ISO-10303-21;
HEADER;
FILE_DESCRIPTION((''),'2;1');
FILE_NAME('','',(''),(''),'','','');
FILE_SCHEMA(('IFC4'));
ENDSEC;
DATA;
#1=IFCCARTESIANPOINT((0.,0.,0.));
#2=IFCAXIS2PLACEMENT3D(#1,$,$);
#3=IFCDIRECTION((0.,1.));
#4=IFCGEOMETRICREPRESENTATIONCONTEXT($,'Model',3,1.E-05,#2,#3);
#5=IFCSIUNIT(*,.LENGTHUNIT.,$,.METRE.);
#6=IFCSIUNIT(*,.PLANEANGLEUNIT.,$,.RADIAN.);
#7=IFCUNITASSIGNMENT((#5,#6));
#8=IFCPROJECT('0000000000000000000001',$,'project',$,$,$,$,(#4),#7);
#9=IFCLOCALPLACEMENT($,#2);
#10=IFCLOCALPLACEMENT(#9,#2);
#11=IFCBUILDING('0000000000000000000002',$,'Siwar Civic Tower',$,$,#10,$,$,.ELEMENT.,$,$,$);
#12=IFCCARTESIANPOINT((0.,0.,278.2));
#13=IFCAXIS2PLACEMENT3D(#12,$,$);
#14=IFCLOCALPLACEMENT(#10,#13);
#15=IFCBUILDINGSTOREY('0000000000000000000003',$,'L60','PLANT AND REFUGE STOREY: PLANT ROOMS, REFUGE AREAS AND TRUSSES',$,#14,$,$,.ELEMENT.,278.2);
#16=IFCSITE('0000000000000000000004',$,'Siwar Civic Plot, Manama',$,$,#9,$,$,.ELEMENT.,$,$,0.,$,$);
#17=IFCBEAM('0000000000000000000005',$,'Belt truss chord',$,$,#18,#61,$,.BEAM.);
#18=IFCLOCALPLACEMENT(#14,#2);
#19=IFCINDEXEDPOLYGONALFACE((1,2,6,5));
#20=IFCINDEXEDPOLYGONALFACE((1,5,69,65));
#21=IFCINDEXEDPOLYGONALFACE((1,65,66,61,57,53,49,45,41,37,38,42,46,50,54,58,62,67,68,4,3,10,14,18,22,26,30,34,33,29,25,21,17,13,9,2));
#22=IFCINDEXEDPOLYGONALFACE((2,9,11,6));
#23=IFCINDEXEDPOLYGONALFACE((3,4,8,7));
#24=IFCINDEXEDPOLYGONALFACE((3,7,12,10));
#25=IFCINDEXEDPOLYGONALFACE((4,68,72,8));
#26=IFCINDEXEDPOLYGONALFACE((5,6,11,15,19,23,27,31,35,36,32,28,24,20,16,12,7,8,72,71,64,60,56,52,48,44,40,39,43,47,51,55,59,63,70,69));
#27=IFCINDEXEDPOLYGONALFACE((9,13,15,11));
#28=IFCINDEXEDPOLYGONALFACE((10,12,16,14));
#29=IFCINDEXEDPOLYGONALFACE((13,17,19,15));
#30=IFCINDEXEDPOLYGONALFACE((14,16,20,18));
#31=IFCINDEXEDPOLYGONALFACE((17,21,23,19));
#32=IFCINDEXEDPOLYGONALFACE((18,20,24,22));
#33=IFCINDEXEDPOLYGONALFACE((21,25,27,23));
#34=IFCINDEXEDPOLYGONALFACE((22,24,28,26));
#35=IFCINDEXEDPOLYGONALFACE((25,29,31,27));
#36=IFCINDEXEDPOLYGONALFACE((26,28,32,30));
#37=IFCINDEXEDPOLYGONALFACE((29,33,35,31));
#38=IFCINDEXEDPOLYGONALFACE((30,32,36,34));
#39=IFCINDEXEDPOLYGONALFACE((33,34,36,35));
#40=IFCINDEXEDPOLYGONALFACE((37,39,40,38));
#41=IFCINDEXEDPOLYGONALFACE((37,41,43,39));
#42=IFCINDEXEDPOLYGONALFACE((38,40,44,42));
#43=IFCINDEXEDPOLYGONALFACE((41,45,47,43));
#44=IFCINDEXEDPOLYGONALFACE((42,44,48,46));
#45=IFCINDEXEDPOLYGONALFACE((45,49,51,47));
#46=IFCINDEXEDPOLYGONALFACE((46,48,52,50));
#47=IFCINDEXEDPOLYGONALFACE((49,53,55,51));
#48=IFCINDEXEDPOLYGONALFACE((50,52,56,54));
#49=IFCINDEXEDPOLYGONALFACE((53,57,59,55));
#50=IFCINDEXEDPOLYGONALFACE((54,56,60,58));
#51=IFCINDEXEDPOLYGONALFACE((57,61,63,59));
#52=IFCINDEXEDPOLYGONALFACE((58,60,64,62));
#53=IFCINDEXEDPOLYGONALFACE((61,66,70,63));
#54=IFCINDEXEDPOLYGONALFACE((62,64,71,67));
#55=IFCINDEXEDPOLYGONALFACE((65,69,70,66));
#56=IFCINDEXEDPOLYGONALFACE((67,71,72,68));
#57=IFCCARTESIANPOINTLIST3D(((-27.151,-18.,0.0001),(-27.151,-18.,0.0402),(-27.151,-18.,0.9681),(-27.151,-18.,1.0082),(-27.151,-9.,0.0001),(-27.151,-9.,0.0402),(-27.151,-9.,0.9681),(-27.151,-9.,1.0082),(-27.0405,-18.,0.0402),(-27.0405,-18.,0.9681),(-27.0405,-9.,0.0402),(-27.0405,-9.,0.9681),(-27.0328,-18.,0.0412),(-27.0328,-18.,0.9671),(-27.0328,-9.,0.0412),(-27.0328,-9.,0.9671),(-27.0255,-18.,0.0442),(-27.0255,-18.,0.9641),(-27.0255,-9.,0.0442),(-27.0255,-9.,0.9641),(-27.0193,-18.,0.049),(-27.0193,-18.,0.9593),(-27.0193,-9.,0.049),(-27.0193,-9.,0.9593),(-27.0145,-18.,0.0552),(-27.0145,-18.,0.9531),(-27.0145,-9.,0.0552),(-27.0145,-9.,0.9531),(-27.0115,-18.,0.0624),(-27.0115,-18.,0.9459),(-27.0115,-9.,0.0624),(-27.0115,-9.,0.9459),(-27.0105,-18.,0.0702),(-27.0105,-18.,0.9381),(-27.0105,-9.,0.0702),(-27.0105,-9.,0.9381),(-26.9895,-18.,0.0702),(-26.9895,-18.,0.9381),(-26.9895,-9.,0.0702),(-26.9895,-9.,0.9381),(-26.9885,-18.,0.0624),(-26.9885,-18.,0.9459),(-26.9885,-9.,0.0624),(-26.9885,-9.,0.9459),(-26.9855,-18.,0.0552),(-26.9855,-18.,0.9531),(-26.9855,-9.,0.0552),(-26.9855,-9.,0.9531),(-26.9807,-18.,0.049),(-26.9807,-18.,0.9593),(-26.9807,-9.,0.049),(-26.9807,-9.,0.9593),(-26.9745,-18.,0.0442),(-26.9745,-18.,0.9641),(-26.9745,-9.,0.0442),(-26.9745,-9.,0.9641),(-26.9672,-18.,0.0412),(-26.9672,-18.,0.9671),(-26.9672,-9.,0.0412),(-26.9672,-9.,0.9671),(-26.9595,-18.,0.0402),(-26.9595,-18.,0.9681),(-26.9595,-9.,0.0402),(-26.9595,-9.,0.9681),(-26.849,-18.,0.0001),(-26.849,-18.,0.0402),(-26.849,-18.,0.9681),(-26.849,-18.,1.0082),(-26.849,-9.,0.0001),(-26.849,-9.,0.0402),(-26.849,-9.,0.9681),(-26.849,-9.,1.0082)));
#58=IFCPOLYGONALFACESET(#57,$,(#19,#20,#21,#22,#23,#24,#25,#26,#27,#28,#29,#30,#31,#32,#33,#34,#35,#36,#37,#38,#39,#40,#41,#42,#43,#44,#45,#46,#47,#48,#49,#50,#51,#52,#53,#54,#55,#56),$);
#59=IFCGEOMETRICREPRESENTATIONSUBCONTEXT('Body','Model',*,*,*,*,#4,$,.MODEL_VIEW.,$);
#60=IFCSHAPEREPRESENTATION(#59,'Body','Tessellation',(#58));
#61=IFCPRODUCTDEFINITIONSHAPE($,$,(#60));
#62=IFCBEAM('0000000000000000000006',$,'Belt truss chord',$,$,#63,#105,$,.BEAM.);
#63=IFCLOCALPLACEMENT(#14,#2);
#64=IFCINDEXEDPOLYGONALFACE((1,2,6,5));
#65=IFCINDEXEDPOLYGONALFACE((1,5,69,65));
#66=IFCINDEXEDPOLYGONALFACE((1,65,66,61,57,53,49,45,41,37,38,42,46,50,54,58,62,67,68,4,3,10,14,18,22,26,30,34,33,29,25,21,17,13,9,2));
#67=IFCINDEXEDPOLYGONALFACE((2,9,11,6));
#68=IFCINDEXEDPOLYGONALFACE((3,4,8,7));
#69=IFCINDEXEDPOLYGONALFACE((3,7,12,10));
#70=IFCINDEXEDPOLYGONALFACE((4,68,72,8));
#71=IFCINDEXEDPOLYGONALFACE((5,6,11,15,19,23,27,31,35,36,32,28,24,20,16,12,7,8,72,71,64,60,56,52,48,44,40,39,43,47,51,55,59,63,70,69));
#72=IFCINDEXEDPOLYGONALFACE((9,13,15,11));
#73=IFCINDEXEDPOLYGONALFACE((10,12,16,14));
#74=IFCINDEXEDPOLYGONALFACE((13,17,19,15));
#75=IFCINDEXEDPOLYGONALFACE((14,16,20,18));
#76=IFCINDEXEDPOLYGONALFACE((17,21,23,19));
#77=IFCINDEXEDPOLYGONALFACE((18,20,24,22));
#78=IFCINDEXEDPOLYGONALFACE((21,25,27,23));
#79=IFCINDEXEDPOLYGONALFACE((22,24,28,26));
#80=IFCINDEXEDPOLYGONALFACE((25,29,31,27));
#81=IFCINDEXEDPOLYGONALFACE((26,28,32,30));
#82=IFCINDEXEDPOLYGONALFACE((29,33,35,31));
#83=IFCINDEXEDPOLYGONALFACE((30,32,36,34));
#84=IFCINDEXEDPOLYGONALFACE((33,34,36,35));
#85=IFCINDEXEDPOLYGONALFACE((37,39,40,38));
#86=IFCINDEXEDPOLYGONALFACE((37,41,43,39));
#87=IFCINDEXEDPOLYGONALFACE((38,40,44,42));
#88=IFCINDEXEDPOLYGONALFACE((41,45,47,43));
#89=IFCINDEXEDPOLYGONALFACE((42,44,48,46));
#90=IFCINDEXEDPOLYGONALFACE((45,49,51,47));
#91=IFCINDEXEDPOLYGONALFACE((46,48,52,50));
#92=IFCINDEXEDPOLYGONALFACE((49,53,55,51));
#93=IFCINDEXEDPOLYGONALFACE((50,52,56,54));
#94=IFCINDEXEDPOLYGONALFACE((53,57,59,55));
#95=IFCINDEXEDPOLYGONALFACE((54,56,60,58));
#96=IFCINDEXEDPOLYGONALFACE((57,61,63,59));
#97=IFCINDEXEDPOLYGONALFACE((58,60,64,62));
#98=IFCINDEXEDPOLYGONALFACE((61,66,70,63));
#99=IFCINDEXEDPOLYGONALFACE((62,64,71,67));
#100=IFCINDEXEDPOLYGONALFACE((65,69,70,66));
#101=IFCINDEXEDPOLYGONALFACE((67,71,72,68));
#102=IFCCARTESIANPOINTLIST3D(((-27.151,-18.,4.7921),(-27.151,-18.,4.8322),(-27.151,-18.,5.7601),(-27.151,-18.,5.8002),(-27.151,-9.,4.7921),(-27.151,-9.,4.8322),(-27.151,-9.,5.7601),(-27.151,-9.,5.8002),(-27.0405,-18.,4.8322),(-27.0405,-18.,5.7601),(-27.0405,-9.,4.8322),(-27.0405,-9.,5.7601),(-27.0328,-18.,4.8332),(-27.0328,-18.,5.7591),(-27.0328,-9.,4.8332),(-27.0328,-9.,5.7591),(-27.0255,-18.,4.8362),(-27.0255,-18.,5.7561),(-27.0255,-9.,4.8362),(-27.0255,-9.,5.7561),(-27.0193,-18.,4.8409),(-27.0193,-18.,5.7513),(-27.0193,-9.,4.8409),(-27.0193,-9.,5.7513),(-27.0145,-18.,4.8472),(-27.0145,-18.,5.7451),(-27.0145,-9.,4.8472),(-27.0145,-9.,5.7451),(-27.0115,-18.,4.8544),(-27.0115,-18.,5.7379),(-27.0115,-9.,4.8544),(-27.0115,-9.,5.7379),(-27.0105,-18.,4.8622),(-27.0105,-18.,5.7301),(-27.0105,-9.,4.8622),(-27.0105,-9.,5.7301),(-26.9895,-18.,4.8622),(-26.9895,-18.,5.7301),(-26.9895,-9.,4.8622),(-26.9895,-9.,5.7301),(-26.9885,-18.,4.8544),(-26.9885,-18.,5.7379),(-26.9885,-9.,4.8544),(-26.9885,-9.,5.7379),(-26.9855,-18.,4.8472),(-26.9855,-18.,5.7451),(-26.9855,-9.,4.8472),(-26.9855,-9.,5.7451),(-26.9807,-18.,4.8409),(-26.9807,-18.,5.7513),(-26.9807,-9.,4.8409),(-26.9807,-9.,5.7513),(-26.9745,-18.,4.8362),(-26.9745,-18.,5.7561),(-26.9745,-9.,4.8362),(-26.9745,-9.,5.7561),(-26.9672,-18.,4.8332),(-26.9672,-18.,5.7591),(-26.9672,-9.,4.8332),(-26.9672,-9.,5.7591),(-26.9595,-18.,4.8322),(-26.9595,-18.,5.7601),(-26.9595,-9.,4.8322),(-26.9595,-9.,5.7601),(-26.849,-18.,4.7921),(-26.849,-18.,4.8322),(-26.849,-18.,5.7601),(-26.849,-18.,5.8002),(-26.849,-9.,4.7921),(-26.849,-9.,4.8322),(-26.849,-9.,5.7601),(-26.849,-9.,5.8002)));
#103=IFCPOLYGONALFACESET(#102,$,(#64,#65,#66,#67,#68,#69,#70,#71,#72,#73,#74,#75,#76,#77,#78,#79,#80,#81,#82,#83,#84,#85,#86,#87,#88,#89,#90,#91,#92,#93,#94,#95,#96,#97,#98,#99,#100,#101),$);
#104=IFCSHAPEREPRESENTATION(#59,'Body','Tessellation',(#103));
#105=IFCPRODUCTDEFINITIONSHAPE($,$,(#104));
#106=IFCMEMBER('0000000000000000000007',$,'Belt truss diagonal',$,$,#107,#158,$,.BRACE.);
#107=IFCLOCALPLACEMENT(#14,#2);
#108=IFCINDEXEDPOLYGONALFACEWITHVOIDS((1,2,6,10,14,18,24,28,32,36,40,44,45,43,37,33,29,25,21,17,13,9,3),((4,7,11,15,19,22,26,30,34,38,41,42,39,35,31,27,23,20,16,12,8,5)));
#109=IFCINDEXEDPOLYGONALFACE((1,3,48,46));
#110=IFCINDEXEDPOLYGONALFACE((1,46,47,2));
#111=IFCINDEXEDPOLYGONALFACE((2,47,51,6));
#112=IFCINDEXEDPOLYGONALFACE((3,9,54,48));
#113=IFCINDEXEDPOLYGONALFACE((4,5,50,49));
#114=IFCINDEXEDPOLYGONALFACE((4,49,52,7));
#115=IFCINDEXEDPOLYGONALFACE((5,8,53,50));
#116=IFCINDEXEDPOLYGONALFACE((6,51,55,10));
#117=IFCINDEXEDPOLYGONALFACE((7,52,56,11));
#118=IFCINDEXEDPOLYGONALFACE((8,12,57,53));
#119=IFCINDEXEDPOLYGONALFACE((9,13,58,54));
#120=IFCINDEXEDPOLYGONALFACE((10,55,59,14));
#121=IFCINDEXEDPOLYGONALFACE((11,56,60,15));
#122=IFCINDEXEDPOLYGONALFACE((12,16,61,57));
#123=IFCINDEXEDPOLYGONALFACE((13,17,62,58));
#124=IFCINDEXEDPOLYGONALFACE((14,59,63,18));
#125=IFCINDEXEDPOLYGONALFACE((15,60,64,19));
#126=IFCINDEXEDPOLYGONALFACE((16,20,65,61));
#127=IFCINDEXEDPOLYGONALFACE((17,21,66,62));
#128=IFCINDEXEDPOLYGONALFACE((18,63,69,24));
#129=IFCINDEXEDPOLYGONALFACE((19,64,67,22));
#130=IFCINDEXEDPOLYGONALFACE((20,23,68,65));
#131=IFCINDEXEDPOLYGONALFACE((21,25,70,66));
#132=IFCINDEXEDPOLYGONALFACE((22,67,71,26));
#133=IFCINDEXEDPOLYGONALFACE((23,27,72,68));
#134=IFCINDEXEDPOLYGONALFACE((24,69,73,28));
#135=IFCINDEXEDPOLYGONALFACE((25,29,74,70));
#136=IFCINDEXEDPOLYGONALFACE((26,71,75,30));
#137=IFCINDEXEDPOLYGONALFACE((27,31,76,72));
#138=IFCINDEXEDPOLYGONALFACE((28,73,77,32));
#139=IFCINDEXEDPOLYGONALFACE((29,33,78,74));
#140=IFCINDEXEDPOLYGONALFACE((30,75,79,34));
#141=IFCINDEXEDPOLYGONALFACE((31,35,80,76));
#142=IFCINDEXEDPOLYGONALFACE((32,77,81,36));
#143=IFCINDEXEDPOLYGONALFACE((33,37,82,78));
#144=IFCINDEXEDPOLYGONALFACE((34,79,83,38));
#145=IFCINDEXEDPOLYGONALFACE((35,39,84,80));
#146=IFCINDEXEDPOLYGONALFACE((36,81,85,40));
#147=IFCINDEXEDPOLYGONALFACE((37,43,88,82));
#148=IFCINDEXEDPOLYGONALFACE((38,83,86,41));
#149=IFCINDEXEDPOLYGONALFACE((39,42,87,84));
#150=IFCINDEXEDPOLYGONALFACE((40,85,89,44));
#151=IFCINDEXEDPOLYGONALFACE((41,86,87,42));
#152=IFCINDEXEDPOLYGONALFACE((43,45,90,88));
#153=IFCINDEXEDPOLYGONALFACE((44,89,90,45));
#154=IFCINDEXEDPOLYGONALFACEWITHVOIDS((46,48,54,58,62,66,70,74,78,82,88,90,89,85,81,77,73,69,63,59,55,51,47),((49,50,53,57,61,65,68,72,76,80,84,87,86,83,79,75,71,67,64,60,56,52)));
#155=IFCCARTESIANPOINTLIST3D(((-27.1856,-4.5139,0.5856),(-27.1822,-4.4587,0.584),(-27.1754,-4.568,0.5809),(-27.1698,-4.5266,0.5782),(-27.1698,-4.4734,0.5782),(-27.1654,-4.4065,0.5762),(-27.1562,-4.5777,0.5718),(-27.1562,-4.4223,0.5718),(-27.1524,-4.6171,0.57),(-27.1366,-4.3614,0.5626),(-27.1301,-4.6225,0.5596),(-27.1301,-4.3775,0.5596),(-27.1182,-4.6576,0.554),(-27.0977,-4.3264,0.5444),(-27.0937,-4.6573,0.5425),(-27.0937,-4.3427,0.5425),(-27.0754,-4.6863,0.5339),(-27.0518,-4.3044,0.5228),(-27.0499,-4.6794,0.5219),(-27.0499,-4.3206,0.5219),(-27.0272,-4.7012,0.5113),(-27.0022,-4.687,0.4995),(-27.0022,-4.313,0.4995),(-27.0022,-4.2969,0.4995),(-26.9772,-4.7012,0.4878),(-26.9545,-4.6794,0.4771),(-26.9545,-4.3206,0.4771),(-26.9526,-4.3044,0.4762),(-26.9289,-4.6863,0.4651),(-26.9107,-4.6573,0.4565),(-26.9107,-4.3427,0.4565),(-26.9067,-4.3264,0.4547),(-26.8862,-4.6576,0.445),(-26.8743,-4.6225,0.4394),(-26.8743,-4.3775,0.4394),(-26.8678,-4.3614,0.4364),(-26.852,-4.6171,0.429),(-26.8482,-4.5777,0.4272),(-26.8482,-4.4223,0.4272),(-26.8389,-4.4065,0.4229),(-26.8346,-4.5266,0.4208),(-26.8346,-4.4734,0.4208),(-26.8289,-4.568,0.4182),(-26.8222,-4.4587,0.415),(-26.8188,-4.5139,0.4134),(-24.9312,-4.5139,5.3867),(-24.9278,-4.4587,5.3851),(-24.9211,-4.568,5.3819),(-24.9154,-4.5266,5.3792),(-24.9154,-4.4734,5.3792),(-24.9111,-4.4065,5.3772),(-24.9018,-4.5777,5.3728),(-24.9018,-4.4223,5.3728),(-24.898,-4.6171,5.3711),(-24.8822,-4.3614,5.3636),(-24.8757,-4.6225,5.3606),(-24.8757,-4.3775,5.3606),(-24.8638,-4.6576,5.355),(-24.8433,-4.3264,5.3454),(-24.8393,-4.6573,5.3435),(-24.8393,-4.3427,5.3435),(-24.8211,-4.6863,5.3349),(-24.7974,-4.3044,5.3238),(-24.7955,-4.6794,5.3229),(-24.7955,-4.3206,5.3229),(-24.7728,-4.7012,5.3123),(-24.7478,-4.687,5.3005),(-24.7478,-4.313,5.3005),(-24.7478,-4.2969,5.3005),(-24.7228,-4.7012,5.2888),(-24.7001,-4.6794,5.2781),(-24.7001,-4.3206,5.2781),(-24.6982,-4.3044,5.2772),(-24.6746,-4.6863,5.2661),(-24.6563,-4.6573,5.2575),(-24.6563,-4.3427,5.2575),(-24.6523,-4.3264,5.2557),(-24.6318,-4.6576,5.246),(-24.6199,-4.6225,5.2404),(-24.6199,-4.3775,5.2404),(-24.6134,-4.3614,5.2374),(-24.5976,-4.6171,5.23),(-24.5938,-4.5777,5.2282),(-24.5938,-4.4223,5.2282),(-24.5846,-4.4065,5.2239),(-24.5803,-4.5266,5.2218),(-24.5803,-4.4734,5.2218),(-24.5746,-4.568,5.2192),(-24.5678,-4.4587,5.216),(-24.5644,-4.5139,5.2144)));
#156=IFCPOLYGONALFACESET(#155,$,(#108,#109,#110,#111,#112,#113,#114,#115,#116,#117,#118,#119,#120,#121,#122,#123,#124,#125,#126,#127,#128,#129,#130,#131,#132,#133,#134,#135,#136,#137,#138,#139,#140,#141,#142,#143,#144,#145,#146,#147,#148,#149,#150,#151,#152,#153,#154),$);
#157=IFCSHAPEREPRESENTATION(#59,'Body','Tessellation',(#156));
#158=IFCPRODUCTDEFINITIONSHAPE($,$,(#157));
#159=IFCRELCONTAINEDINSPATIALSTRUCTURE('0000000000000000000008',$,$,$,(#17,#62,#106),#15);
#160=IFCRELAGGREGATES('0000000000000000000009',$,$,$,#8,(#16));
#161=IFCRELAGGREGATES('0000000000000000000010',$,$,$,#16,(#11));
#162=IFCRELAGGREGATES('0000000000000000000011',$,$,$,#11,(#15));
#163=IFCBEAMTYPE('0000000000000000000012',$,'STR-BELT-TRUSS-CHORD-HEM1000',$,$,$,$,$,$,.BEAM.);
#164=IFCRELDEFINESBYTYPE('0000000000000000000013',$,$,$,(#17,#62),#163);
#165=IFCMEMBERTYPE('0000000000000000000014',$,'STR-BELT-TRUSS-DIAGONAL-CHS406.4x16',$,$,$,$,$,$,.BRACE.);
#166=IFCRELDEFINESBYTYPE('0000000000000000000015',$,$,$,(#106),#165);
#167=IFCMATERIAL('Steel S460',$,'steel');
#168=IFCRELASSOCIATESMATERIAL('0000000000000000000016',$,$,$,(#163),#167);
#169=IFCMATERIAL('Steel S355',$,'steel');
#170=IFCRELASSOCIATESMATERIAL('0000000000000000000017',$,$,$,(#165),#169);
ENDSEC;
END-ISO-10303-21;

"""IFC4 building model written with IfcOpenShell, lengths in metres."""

from ifc_helpers import new_model, si_unit, direction, frame, origin, origin_2d, place, context, subcontext, project, spatial, hollow_circle, i_section, extrude, material, material_profile, profile_set, type_object, element, save


model = new_model("IFC4")

# Units and contexts
model_context = context("Model", 3, precision=1e-05, world=origin(), true_north=direction((0.0, 1.0)))
body_context = subcontext(model_context, "Body", "Model", "MODEL_VIEW")
ifc_project = project(units=[si_unit("LENGTHUNIT", "METRE"), si_unit("PLANEANGLEUNIT", "RADIAN")], contexts=[model_context])

# Site, building, storey
site_placement = place(None, origin())
site = spatial("IfcSite", under=ifc_project, at=site_placement, Name="Siwar Civic Plot, Manama", CompositionType="ELEMENT", RefElevation=0.0)
building_placement = place(site_placement, origin())
building = spatial("IfcBuilding", under=site, at=building_placement, Name="Siwar Civic Tower", CompositionType="ELEMENT")
storey_placement = place(building_placement, frame((0.0, 0.0, 278.2)))
storey = spatial("IfcBuildingStorey", under=building, at=storey_placement, Name="L60", Description="PLANT AND REFUGE STOREY: PLANT ROOMS, REFUGE AREAS AND TRUSSES", CompositionType="ELEMENT", Elevation=278.2)

# Beams
ifc_material_1 = material(Name="Steel S460", Category="steel")
ifc_material_profile_1 = material_profile(ifc_material_1, i_section(OverallWidth=0.302, OverallDepth=1.0081, WebThickness=0.021, FlangeThickness=0.04, FilletRadius=0.03, at=origin_2d()), Name="HEM1000")
ifc_profile_set_1 = profile_set([ifc_material_profile_1], Name="Steel S460")
beam_type_1 = type_object("IfcBeamType", Name="STR-BELT-TRUSS-CHORD-HEM1000", PredefinedType="BEAM", material=ifc_profile_set_1)
for number, where, z_axis, x_axis, name in (
    (1, (-27.0, -9.0, 0.5042), (0.0, -1.0, 0.0), (1.0, 0.0, 0.0), "Belt truss chord"),
    (2, (-27.0, -9.0, 5.2961), (0.0, -1.0, 0.0), (1.0, 0.0, 0.0), "Belt truss chord"),
):
    element("IfcBeam", number, at=place(storey_placement, frame(where, z_axis=z_axis, x_axis=x_axis)), inside=storey, type_object=beam_type_1, Name=name, PredefinedType="BEAM", context=body_context, shape_type="SweptSolid", body=[
        extrude(i_section(OverallWidth=0.302, OverallDepth=1.0081, WebThickness=0.021, FlangeThickness=0.04, FilletRadius=0.03, at=origin_2d()), origin(), (0.0, 0.0, 1.0), 9.0),
    ])

# Member
ifc_material_2 = material(Name="Steel S355", Category="steel")
ifc_material_profile_2 = material_profile(ifc_material_2, hollow_circle(Radius=0.2031, WallThickness=0.0161, at=origin_2d()), Name="CHS406.4x16")
ifc_profile_set_2 = profile_set([ifc_material_profile_2], Name="Steel S355")
member_type_1 = type_object("IfcMemberType", Name="STR-BELT-TRUSS-DIAGONAL-CHS406.4x16", PredefinedType="BRACE", material=ifc_profile_set_2)
member_1_placement = place(storey_placement, frame((-27.0022, -4.5, 0.4995), z_axis=(0.425039, 0.0, 0.905175), x_axis=(0.0, 1.0, 0.0)))
element("IfcMember", 3, at=member_1_placement, inside=storey, type_object=member_type_1, Name="Belt truss diagonal", PredefinedType="BRACE", context=body_context, shape_type="SweptSolid", body=[
    extrude(hollow_circle(Radius=0.2031, WallThickness=0.0161, at=origin_2d()), origin(), (0.0, 0.0, 1.0), 5.304),
])

save(model, "model.ifc")
